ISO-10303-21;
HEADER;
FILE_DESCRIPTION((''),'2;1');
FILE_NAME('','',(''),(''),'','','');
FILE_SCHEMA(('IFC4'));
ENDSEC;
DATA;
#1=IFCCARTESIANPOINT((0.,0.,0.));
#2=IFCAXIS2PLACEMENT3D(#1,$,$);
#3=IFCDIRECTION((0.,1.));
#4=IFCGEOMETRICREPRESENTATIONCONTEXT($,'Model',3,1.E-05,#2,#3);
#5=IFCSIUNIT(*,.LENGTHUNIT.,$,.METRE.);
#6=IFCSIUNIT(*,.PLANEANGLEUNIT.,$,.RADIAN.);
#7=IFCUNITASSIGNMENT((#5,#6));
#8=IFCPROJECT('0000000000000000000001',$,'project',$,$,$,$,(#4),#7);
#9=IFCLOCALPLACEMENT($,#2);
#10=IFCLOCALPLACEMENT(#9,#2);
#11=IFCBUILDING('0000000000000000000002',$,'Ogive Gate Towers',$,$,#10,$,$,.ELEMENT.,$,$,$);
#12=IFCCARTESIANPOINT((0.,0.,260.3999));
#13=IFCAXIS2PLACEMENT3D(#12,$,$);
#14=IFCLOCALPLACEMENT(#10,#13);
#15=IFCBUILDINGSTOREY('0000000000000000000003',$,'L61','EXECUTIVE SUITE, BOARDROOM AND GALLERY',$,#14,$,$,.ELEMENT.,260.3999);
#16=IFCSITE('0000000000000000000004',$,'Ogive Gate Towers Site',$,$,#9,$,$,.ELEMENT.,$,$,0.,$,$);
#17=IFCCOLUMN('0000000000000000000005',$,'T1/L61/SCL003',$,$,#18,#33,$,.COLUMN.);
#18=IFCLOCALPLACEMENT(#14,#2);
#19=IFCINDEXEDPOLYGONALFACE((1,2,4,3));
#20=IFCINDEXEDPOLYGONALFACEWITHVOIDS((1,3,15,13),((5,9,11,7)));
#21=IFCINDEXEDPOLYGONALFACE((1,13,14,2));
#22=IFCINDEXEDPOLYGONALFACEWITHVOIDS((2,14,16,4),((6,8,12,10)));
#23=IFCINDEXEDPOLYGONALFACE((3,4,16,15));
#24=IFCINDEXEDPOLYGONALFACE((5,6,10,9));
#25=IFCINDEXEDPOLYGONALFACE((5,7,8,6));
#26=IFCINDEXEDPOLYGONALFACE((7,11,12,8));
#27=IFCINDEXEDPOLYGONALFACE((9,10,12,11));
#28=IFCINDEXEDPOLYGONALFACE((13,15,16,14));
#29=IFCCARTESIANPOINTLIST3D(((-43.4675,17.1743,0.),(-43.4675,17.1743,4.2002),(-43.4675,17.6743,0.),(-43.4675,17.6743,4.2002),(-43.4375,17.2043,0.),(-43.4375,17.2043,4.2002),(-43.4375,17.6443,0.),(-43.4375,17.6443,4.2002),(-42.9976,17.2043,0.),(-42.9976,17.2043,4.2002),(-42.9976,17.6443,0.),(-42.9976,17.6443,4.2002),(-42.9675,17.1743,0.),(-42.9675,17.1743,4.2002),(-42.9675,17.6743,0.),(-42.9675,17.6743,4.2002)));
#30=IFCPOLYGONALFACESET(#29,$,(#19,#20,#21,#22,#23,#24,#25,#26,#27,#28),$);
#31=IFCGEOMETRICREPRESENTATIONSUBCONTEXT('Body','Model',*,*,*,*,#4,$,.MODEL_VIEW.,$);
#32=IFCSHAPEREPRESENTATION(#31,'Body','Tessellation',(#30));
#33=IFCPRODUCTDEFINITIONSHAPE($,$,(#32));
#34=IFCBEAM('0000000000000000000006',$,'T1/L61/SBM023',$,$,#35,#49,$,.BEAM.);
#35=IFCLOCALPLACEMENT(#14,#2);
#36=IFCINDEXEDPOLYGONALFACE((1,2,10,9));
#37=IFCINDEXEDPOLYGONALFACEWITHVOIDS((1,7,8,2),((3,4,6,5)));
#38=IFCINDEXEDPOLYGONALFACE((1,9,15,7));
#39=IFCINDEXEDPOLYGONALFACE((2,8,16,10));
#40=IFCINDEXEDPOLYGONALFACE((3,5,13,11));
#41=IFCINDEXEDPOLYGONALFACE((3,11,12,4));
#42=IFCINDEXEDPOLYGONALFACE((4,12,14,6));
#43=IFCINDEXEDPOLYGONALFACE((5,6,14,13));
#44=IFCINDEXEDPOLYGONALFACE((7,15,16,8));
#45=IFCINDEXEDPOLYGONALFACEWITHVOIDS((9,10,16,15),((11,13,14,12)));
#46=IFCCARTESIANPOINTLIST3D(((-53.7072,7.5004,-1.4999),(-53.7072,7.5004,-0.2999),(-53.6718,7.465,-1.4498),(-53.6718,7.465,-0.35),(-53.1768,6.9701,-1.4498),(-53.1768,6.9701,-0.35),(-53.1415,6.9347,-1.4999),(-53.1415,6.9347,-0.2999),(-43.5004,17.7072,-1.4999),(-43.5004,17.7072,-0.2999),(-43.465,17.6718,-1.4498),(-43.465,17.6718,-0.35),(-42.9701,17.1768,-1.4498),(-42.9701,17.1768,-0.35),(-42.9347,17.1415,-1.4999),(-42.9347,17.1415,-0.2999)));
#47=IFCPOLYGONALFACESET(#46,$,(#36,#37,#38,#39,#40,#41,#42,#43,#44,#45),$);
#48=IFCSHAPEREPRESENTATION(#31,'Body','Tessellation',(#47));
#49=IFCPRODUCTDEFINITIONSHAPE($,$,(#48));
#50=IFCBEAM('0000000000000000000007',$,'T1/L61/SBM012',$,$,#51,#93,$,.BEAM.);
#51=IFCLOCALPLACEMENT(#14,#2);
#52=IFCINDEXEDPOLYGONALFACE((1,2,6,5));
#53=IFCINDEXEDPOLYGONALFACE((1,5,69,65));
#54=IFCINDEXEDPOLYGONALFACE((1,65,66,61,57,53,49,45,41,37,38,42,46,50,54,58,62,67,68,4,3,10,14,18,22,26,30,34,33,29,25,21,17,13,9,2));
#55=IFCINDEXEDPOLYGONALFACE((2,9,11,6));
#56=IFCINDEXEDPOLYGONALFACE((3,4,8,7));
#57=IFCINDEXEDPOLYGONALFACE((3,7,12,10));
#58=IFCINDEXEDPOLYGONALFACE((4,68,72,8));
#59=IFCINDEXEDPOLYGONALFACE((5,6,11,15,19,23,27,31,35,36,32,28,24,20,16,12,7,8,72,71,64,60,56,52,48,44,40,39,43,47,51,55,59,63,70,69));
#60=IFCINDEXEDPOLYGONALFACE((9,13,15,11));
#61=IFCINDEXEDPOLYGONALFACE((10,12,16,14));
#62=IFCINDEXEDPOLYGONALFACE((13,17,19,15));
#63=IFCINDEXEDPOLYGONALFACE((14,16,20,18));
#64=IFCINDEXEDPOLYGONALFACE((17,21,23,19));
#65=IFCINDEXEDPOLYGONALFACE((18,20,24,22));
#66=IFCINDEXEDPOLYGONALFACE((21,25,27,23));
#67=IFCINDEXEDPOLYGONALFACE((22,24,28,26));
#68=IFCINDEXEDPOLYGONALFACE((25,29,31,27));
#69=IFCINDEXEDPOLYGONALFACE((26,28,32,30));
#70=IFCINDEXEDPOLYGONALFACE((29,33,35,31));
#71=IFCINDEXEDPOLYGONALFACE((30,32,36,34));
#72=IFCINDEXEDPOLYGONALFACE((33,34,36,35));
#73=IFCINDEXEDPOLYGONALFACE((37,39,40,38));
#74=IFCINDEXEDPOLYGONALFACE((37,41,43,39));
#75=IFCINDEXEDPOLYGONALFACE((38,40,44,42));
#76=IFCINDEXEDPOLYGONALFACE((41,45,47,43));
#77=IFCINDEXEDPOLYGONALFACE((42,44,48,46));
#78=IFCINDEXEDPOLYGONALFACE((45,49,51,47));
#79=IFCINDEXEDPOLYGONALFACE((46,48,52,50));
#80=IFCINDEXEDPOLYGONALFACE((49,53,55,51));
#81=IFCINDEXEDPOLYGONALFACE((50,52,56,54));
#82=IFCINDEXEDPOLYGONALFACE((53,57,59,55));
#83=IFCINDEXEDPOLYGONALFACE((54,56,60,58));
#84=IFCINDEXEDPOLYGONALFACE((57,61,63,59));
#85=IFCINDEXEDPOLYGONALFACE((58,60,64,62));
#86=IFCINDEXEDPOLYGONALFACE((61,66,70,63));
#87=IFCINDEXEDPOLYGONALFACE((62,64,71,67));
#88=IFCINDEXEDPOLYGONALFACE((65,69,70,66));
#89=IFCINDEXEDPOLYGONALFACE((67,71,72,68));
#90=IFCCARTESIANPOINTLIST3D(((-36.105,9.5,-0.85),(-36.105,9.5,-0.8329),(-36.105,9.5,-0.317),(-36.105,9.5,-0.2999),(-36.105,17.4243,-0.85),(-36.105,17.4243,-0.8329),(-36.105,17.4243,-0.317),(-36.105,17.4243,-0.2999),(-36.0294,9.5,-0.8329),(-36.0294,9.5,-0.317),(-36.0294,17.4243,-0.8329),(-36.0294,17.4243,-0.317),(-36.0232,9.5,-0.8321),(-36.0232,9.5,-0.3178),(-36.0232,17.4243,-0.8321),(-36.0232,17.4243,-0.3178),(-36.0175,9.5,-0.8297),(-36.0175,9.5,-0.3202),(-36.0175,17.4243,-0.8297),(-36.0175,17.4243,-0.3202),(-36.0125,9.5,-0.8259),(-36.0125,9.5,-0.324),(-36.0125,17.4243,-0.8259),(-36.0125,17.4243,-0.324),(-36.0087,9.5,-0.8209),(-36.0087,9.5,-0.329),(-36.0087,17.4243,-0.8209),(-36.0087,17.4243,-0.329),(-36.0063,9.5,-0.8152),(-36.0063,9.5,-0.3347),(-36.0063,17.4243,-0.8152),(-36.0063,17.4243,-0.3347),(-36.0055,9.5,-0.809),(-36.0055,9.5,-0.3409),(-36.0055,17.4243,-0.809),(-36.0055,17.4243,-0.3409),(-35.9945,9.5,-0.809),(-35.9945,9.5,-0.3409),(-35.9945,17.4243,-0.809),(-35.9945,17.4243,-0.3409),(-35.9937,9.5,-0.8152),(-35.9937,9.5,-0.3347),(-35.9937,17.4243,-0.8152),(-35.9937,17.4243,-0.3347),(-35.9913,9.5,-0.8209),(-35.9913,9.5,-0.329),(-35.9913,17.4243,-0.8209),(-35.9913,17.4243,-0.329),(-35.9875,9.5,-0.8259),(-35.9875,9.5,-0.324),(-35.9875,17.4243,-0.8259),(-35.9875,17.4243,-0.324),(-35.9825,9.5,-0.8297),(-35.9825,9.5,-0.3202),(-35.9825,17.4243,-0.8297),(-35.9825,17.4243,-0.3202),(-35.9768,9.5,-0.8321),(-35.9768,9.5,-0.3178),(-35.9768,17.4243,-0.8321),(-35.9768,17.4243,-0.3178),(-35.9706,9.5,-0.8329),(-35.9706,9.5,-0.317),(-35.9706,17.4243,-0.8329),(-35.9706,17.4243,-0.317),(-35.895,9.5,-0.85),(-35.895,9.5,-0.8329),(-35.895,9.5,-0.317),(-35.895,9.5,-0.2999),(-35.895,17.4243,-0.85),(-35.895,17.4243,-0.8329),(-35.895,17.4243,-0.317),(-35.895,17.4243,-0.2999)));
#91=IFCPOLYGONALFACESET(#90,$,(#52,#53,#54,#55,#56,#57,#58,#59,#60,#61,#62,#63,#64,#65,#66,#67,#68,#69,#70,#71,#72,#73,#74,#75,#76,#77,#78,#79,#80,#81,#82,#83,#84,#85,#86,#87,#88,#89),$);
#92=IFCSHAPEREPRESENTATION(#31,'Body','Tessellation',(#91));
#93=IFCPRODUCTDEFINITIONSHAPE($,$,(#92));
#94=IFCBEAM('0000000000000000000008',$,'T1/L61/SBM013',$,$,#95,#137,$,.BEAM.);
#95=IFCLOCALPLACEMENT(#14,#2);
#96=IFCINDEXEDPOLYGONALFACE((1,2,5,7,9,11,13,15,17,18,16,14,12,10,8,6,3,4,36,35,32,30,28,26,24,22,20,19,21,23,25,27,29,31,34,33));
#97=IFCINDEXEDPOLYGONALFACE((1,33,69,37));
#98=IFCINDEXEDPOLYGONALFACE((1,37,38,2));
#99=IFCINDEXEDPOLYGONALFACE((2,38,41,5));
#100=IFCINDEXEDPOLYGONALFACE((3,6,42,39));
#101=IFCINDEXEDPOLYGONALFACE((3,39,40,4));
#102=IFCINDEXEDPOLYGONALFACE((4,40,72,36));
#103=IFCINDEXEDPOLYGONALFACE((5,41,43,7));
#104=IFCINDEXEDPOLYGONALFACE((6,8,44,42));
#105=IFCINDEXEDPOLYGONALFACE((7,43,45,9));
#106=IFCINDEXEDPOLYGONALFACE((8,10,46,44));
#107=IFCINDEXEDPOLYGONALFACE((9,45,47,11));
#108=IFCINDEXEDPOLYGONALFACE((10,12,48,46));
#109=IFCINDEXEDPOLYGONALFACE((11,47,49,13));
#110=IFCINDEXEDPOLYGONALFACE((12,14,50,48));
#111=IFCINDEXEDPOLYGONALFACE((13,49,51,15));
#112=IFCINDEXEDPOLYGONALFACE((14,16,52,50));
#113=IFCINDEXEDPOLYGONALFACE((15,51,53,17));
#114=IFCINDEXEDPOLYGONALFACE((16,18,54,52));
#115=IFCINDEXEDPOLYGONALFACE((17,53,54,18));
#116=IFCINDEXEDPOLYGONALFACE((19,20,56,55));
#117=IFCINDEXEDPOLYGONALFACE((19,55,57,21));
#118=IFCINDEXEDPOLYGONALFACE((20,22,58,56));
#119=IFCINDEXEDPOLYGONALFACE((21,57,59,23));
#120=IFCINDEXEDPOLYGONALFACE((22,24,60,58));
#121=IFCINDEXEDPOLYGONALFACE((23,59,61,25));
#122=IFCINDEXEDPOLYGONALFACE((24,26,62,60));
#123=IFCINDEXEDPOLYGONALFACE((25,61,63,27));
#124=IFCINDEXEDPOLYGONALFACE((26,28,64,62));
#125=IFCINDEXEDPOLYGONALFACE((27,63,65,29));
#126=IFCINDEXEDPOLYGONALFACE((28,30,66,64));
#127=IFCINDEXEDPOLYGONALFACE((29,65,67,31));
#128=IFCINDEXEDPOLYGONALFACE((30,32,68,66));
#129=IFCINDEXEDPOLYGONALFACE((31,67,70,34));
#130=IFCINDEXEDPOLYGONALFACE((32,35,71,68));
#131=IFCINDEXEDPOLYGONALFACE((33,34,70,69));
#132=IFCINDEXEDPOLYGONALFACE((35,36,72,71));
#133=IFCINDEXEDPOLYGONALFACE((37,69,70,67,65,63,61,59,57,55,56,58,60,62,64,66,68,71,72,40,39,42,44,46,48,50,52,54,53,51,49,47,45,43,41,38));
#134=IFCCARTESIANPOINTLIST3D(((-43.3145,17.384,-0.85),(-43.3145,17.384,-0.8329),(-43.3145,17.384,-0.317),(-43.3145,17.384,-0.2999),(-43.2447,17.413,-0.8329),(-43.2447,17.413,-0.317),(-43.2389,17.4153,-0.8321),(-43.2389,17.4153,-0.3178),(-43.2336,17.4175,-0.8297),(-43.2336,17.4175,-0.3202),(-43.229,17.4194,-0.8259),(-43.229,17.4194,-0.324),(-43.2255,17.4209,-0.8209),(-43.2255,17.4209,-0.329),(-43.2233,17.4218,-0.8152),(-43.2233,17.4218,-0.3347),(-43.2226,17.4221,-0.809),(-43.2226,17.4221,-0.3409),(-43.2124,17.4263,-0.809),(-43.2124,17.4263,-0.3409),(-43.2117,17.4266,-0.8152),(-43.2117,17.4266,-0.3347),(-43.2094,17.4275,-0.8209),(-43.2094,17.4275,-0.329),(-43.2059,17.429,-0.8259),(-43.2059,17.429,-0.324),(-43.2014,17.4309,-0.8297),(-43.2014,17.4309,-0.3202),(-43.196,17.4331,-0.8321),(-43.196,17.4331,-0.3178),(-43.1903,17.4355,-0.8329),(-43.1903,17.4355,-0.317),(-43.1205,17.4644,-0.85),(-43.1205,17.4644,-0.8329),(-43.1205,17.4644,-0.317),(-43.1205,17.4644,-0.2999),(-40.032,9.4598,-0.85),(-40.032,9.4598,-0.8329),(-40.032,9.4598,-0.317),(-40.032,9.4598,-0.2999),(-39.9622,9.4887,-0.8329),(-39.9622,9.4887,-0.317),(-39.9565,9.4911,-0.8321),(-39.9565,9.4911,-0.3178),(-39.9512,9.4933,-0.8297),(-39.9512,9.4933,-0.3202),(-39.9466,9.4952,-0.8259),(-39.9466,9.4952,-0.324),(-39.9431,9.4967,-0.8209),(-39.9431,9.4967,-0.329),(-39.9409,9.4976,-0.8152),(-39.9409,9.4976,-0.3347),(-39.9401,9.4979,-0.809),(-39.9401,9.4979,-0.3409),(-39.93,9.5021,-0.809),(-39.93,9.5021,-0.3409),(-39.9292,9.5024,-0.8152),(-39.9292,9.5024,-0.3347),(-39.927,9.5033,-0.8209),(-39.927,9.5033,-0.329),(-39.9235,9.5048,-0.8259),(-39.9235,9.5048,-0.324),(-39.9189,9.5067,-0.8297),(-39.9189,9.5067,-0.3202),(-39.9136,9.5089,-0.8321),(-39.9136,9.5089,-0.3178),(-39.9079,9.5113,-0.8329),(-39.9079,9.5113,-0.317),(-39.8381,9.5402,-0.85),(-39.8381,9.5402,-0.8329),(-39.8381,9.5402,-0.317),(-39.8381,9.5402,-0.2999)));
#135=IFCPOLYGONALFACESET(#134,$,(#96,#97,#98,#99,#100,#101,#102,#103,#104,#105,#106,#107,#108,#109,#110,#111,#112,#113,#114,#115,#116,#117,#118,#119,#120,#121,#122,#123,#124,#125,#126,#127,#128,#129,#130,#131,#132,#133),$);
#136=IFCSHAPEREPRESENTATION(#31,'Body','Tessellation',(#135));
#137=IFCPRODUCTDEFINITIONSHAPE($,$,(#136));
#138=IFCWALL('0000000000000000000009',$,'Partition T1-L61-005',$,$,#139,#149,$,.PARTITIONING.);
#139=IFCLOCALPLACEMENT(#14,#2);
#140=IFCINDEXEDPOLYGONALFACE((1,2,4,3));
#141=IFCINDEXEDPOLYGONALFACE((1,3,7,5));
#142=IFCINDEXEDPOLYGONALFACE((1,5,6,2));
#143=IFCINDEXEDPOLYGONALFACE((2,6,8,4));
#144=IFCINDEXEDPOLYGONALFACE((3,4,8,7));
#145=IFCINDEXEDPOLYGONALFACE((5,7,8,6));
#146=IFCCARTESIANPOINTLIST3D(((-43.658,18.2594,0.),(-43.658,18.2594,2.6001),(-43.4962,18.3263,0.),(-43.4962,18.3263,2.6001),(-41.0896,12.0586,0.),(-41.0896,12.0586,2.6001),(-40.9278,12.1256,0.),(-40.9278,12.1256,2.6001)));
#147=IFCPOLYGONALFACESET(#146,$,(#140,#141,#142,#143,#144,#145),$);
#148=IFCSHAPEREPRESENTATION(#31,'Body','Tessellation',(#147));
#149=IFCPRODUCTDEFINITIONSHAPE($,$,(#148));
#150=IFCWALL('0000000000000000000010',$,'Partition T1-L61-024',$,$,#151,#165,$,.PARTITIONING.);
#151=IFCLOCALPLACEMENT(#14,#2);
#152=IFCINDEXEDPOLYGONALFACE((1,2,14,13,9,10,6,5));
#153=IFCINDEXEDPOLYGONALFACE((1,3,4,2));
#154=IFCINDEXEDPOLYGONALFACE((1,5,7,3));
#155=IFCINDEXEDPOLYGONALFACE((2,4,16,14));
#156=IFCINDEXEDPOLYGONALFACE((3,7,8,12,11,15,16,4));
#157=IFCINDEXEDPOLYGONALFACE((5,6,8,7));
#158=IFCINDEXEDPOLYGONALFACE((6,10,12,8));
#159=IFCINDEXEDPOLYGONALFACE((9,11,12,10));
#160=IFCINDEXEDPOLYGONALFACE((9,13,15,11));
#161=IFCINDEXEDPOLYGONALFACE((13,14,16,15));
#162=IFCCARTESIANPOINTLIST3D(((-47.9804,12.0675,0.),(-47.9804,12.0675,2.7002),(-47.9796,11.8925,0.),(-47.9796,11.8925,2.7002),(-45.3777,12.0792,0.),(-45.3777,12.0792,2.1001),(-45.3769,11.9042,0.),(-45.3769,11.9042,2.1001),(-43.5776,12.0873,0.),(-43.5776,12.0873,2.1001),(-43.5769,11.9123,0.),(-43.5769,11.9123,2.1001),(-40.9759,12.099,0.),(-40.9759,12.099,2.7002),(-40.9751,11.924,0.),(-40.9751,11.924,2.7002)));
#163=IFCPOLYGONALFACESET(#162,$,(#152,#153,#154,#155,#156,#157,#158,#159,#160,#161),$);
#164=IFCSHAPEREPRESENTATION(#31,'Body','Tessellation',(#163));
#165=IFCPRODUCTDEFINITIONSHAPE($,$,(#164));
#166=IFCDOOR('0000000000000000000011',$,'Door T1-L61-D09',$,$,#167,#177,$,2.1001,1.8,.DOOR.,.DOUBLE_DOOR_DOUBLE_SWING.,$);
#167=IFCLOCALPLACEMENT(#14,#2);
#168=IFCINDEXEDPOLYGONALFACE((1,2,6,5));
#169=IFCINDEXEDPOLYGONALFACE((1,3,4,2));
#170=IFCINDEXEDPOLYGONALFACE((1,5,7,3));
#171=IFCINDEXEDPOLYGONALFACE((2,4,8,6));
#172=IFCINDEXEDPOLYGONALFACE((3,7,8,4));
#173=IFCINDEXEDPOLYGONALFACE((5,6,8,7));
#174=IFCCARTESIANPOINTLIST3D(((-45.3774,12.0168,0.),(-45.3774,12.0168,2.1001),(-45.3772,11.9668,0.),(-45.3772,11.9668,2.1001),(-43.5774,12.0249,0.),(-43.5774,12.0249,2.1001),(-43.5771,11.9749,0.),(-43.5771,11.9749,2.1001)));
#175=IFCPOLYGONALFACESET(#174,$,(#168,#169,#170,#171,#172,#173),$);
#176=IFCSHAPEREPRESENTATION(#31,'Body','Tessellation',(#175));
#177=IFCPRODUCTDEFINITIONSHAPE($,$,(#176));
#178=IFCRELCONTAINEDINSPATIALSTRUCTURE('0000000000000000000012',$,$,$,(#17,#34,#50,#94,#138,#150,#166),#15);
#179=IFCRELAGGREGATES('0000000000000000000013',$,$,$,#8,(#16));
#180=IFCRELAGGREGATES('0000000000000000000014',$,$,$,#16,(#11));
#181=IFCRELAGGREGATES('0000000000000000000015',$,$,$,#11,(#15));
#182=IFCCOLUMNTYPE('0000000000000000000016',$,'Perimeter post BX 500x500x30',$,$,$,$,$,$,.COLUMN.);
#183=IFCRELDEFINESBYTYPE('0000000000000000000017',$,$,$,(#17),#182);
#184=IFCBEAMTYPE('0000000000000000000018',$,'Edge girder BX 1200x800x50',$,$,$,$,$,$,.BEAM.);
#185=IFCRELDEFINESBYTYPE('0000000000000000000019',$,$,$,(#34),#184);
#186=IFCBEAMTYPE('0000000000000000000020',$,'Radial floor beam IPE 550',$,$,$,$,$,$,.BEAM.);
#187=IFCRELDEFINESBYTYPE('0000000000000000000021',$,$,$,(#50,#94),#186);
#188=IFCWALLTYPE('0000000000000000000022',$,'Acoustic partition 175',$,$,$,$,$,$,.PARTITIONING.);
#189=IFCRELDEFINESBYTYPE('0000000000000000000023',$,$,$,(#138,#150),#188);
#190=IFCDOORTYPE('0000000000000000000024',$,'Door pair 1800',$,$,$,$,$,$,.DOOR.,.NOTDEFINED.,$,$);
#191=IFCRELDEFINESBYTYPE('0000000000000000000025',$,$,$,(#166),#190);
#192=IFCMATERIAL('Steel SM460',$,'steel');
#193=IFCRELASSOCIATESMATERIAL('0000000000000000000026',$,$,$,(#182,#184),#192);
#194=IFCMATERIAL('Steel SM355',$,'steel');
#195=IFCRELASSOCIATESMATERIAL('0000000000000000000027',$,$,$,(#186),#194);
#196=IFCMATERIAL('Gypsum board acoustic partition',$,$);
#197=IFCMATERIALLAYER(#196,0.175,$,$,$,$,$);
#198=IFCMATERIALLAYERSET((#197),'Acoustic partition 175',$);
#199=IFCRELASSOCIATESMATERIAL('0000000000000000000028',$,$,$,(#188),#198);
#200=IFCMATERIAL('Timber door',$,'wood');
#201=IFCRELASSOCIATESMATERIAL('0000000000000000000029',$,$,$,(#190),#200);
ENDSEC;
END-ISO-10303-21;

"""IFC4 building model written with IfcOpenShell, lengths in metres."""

from ifc_helpers import new_model, si_unit, direction, frame, frame_2d, origin, origin_2d, place, context, subcontext, project, spatial, rectangle, hollow_rectangle, i_section, extrude, material, layer, layer_set, material_profile, profile_set, type_object, element, fill, save


model = new_model("IFC4")

# Units and contexts
model_context = context("Model", 3, precision=1e-05, world=origin(), true_north=direction((0.0, 1.0)))
body_context = subcontext(model_context, "Body", "Model", "MODEL_VIEW")
ifc_project = project(units=[si_unit("LENGTHUNIT", "METRE"), si_unit("PLANEANGLEUNIT", "RADIAN")], contexts=[model_context])

# Site, building, storey
site_placement = place(None, origin())
site = spatial("IfcSite", under=ifc_project, at=site_placement, Name="Ogive Gate Towers Site", CompositionType="ELEMENT", RefElevation=0.0)
building_placement = place(site_placement, origin())
building = spatial("IfcBuilding", under=site, at=building_placement, Name="Ogive Gate Towers", CompositionType="ELEMENT")
storey_placement = place(building_placement, frame((0.0, 0.0, 260.3999)))
storey = spatial("IfcBuildingStorey", under=building, at=storey_placement, Name="L61", Description="EXECUTIVE SUITE, BOARDROOM AND GALLERY", CompositionType="ELEMENT", Elevation=260.3999)

# Column
ifc_material_1 = material(Name="Steel SM460", Category="steel")
ifc_material_profile_1 = material_profile(ifc_material_1, hollow_rectangle(XDim=0.5, YDim=0.5, WallThickness=0.03, at=origin_2d()), Name="BX 500x500x30")
ifc_profile_set_1 = profile_set([ifc_material_profile_1], Name="Steel SM460")
column_type = type_object("IfcColumnType", Name="Perimeter post BX 500x500x30", PredefinedType="COLUMN", material=ifc_profile_set_1)
column_placement = place(storey_placement, frame((-43.2175, 17.4243, 0.0), z_axis=(0.0, 0.0, 1.0), x_axis=(1.0, 0.0, 0.0)))
element("IfcColumn", 1, at=column_placement, inside=storey, type_object=column_type, Name="T1/L61/SCL003", PredefinedType="COLUMN", context=body_context, shape_type="SweptSolid", body=[
    extrude(hollow_rectangle(XDim=0.5, YDim=0.5, WallThickness=0.03, at=origin_2d()), origin(), (0.0, 0.0, 1.0), 4.2002),
])

# Beams
ifc_material_profile_2 = material_profile(ifc_material_1, hollow_rectangle(XDim=0.8, YDim=1.2, WallThickness=0.05, at=origin_2d()), Name="BX 1200x800x50")
ifc_profile_set_2 = profile_set([ifc_material_profile_2], Name="Steel SM460")
beam_type_1 = type_object("IfcBeamType", Name="Edge girder BX 1200x800x50", PredefinedType="BEAM", material=ifc_profile_set_2)
beam_1_placement = place(storey_placement, frame((-43.2175, 17.4243, -0.8999), z_axis=(-0.707107, -0.707107, 0.0), x_axis=(0.707107, -0.707107, 0.0)))
element("IfcBeam", 2, at=beam_1_placement, inside=storey, type_object=beam_type_1, Name="T1/L61/SBM023", PredefinedType="BEAM", context=body_context, shape_type="SweptSolid", body=[
    extrude(hollow_rectangle(XDim=0.8, YDim=1.2, WallThickness=0.05, at=origin_2d()), origin(), (0.0, 0.0, 1.0), 14.4346),
])
ifc_material_2 = material(Name="Steel SM355", Category="steel")
ifc_material_profile_3 = material_profile(ifc_material_2, i_section(OverallWidth=0.21, OverallDepth=0.55, WebThickness=0.011, FlangeThickness=0.0171, FilletRadius=0.0239, at=origin_2d()), Name="IPE 550")
ifc_profile_set_3 = profile_set([ifc_material_profile_3], Name="Steel SM355")
beam_type_2 = type_object("IfcBeamType", Name="Radial floor beam IPE 550", PredefinedType="BEAM", material=ifc_profile_set_3)
beam_2_placement = place(storey_placement, frame((-36.0, 9.5, -0.575), z_axis=(0.0, 1.0, 0.0), x_axis=(-1.0, 0.0, 0.0)))
element("IfcBeam", 3, at=beam_2_placement, inside=storey, type_object=beam_type_2, Name="T1/L61/SBM012", PredefinedType="BEAM", context=body_context, shape_type="SweptSolid", body=[
    extrude(i_section(OverallWidth=0.21, OverallDepth=0.55, WebThickness=0.011, FlangeThickness=0.0171, FilletRadius=0.0239, at=origin_2d()), origin(), (0.0, 0.0, 1.0), 7.9243),
])
beam_3_placement = place(storey_placement, frame((-39.9351, 9.5, -0.575), z_axis=(-0.382695, 0.923875, 0.0), x_axis=(-0.923875, -0.382695, 0.0)))
element("IfcBeam", 4, at=beam_3_placement, inside=storey, type_object=beam_type_2, Name="T1/L61/SBM013", PredefinedType="BEAM", context=body_context, shape_type="SweptSolid", body=[
    extrude(i_section(OverallWidth=0.21, OverallDepth=0.55, WebThickness=0.011, FlangeThickness=0.0171, FilletRadius=0.0239, at=origin_2d()), origin(), (0.0, 0.0, 1.0), 8.5771),
])

# Wall
ifc_material_3 = material(Name="Gypsum board acoustic partition")
ifc_layer_1 = layer(ifc_material_3, 0.175)
ifc_layer_set_1 = layer_set([ifc_layer_1], Name="Acoustic partition 175")
wall_type_1 = type_object("IfcWallType", Name="Acoustic partition 175", PredefinedType="PARTITIONING", material=ifc_layer_set_1)
wall_1_placement = place(storey_placement, frame((-43.5771, 18.293, 0.0), z_axis=(0.0, 0.0, 1.0), x_axis=(0.382677, -0.923882, 0.0)))
element("IfcWall", 5, at=wall_1_placement, inside=storey, type_object=wall_type_1, Name="Partition T1-L61-005", PredefinedType="PARTITIONING", context=body_context, shape_type="SweptSolid", body=[
    extrude(rectangle(XDim=6.7117, YDim=0.175, at=frame_2d((3.356, 0.0))), origin(), (0.0, 0.0, 1.0), 2.6001),
])

# Wall, opening, door
wall_2_placement = place(storey_placement, frame((-40.9753, 12.0115, 0.0), z_axis=(0.0, 0.0, 1.0), x_axis=(-0.99999, -0.004496, 0.0)))
wall_2 = element("IfcWall", 6, at=wall_2_placement, inside=storey, type_object=wall_type_1, Name="Partition T1-L61-024", PredefinedType="PARTITIONING", context=body_context, shape_type="SweptSolid", body=[
    extrude(rectangle(XDim=7.0046, YDim=0.175, at=frame_2d((3.5024, 0.0))), origin(), (0.0, 0.0, 1.0), 2.7002),
])
opening_1_placement = place(wall_2_placement, frame((2.6021, 0.0, 0.0)))
opening_1 = element("IfcOpeningElement", 7, at=opening_1_placement, cuts=wall_2, PredefinedType="OPENING", context=body_context, shape_type="SweptSolid", body=[
    extrude(rectangle(XDim=1.8, YDim=2.1001, at=frame_2d((0.8999, 1.05))), frame((0.0, 0.0977, 0.0), z_axis=(0.0, -1.0, 0.0), x_axis=(1.0, 0.0, 0.0)), (0.0, 0.0, 1.0), 0.1951),
])
ifc_material_4 = material(Name="Timber door", Category="wood")
door_type_1 = type_object("IfcDoorType", Name="Door pair 1800", OperationType="NOTDEFINED", PredefinedType="DOOR", material=ifc_material_4)
door_1_placement = place(opening_1_placement, origin())
door_1 = element("IfcDoor", 8, at=door_1_placement, inside=storey, type_object=door_type_1, Name="Door T1-L61-D09", OperationType="DOUBLE_DOOR_DOUBLE_SWING", OverallHeight=2.1001, OverallWidth=1.8, PredefinedType="DOOR", context=body_context, shape_type="SweptSolid", body=[
    extrude(rectangle(XDim=1.8, YDim=2.1001, at=frame_2d((0.8999, 1.05))), frame((0.0, 0.0249, 0.0), z_axis=(0.0, -1.0, 0.0), x_axis=(1.0, 0.0, 0.0)), (0.0, 0.0, 1.0), 0.05),
])
fill(opening_1, door_1)

save(model, "model.ifc")
